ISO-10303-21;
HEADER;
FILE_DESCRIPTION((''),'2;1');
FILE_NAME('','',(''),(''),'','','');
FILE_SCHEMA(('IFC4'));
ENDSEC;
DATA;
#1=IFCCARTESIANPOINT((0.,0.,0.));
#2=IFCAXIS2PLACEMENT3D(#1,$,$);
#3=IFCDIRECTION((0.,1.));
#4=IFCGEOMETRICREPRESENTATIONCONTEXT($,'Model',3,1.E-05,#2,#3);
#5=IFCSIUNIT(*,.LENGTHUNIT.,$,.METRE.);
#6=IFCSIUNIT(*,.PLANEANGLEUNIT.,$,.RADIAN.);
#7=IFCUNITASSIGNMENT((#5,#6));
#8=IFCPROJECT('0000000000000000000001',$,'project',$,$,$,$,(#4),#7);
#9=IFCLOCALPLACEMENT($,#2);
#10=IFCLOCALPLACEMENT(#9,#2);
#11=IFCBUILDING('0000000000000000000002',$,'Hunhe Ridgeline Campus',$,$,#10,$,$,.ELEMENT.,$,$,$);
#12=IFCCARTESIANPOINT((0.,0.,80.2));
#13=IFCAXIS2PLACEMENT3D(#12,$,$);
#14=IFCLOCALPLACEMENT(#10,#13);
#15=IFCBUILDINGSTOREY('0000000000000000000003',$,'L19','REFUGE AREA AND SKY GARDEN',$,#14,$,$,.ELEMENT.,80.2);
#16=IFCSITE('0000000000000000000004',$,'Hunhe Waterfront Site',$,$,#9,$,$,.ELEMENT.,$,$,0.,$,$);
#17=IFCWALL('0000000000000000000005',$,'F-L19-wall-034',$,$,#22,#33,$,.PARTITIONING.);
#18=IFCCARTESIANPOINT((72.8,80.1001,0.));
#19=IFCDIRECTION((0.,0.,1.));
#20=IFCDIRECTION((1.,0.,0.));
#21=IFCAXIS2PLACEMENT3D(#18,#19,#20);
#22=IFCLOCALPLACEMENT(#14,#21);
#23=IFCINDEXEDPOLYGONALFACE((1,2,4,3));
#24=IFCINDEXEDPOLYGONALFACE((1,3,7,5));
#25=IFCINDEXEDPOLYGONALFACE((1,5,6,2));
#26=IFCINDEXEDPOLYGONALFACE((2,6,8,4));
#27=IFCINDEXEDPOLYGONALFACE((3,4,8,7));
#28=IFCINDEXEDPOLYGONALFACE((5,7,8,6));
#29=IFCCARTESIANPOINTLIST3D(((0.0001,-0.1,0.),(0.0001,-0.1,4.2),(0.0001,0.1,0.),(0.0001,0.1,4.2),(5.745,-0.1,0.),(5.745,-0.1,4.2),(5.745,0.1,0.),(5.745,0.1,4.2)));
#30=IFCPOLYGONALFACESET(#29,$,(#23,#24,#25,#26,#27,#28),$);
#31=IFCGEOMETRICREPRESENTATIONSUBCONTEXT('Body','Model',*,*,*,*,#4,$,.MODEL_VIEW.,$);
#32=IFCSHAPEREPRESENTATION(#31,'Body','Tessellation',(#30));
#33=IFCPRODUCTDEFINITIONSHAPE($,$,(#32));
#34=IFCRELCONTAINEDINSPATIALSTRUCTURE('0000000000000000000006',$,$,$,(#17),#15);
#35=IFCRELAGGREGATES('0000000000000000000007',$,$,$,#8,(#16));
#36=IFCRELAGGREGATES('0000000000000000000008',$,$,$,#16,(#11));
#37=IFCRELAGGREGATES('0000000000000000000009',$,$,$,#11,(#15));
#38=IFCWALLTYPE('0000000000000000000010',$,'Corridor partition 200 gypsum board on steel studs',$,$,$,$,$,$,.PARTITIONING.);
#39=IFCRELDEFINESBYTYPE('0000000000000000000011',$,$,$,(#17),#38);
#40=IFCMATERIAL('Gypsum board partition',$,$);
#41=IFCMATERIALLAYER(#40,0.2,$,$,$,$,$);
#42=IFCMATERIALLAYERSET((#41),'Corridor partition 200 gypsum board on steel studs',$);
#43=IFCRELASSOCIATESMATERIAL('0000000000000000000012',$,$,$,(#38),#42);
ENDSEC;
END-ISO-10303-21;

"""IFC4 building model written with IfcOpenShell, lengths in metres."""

from ifc_helpers import new_model, si_unit, direction, frame, frame_2d, origin, place, context, subcontext, project, spatial, rectangle, extrude, material, layer, layer_set, type_object, element, save


model = new_model("IFC4")

# Units and contexts
model_context = context("Model", 3, precision=1e-05, world=origin(), true_north=direction((0.0, 1.0)))
body_context = subcontext(model_context, "Body", "Model", "MODEL_VIEW")
ifc_project = project(units=[si_unit("LENGTHUNIT", "METRE"), si_unit("PLANEANGLEUNIT", "RADIAN")], contexts=[model_context])

# Site, building, storey
site_placement = place(None, origin())
site = spatial("IfcSite", under=ifc_project, at=site_placement, Name="Hunhe Waterfront Site", CompositionType="ELEMENT", RefElevation=0.0)
building_placement = place(site_placement, origin())
building = spatial("IfcBuilding", under=site, at=building_placement, Name="Hunhe Ridgeline Campus", CompositionType="ELEMENT")
storey_placement = place(building_placement, frame((0.0, 0.0, 80.2)))
storey = spatial("IfcBuildingStorey", under=building, at=storey_placement, Name="L19", Description="REFUGE AREA AND SKY GARDEN", CompositionType="ELEMENT", Elevation=80.2)

# Wall
ifc_material_1 = material(Name="Gypsum board partition")
ifc_layer_1 = layer(ifc_material_1, 0.2)
ifc_layer_set_1 = layer_set([ifc_layer_1], Name="Corridor partition 200 gypsum board on steel studs")
wall_type_1 = type_object("IfcWallType", Name="Corridor partition 200 gypsum board on steel studs", PredefinedType="PARTITIONING", material=ifc_layer_set_1)
wall_1_placement = place(storey_placement, frame((72.8, 80.1001, 0.0), z_axis=(0.0, 0.0, 1.0), x_axis=(1.0, 0.0, 0.0)))
element("IfcWall", 1, at=wall_1_placement, inside=storey, type_object=wall_type_1, Name="F-L19-wall-034", PredefinedType="PARTITIONING", context=body_context, shape_type="SweptSolid", body=[
    extrude(rectangle(XDim=5.7449, YDim=0.2, at=frame_2d((2.8726, 0.0))), origin(), (0.0, 0.0, 1.0), 4.2),
])

save(model, "model.ifc")
